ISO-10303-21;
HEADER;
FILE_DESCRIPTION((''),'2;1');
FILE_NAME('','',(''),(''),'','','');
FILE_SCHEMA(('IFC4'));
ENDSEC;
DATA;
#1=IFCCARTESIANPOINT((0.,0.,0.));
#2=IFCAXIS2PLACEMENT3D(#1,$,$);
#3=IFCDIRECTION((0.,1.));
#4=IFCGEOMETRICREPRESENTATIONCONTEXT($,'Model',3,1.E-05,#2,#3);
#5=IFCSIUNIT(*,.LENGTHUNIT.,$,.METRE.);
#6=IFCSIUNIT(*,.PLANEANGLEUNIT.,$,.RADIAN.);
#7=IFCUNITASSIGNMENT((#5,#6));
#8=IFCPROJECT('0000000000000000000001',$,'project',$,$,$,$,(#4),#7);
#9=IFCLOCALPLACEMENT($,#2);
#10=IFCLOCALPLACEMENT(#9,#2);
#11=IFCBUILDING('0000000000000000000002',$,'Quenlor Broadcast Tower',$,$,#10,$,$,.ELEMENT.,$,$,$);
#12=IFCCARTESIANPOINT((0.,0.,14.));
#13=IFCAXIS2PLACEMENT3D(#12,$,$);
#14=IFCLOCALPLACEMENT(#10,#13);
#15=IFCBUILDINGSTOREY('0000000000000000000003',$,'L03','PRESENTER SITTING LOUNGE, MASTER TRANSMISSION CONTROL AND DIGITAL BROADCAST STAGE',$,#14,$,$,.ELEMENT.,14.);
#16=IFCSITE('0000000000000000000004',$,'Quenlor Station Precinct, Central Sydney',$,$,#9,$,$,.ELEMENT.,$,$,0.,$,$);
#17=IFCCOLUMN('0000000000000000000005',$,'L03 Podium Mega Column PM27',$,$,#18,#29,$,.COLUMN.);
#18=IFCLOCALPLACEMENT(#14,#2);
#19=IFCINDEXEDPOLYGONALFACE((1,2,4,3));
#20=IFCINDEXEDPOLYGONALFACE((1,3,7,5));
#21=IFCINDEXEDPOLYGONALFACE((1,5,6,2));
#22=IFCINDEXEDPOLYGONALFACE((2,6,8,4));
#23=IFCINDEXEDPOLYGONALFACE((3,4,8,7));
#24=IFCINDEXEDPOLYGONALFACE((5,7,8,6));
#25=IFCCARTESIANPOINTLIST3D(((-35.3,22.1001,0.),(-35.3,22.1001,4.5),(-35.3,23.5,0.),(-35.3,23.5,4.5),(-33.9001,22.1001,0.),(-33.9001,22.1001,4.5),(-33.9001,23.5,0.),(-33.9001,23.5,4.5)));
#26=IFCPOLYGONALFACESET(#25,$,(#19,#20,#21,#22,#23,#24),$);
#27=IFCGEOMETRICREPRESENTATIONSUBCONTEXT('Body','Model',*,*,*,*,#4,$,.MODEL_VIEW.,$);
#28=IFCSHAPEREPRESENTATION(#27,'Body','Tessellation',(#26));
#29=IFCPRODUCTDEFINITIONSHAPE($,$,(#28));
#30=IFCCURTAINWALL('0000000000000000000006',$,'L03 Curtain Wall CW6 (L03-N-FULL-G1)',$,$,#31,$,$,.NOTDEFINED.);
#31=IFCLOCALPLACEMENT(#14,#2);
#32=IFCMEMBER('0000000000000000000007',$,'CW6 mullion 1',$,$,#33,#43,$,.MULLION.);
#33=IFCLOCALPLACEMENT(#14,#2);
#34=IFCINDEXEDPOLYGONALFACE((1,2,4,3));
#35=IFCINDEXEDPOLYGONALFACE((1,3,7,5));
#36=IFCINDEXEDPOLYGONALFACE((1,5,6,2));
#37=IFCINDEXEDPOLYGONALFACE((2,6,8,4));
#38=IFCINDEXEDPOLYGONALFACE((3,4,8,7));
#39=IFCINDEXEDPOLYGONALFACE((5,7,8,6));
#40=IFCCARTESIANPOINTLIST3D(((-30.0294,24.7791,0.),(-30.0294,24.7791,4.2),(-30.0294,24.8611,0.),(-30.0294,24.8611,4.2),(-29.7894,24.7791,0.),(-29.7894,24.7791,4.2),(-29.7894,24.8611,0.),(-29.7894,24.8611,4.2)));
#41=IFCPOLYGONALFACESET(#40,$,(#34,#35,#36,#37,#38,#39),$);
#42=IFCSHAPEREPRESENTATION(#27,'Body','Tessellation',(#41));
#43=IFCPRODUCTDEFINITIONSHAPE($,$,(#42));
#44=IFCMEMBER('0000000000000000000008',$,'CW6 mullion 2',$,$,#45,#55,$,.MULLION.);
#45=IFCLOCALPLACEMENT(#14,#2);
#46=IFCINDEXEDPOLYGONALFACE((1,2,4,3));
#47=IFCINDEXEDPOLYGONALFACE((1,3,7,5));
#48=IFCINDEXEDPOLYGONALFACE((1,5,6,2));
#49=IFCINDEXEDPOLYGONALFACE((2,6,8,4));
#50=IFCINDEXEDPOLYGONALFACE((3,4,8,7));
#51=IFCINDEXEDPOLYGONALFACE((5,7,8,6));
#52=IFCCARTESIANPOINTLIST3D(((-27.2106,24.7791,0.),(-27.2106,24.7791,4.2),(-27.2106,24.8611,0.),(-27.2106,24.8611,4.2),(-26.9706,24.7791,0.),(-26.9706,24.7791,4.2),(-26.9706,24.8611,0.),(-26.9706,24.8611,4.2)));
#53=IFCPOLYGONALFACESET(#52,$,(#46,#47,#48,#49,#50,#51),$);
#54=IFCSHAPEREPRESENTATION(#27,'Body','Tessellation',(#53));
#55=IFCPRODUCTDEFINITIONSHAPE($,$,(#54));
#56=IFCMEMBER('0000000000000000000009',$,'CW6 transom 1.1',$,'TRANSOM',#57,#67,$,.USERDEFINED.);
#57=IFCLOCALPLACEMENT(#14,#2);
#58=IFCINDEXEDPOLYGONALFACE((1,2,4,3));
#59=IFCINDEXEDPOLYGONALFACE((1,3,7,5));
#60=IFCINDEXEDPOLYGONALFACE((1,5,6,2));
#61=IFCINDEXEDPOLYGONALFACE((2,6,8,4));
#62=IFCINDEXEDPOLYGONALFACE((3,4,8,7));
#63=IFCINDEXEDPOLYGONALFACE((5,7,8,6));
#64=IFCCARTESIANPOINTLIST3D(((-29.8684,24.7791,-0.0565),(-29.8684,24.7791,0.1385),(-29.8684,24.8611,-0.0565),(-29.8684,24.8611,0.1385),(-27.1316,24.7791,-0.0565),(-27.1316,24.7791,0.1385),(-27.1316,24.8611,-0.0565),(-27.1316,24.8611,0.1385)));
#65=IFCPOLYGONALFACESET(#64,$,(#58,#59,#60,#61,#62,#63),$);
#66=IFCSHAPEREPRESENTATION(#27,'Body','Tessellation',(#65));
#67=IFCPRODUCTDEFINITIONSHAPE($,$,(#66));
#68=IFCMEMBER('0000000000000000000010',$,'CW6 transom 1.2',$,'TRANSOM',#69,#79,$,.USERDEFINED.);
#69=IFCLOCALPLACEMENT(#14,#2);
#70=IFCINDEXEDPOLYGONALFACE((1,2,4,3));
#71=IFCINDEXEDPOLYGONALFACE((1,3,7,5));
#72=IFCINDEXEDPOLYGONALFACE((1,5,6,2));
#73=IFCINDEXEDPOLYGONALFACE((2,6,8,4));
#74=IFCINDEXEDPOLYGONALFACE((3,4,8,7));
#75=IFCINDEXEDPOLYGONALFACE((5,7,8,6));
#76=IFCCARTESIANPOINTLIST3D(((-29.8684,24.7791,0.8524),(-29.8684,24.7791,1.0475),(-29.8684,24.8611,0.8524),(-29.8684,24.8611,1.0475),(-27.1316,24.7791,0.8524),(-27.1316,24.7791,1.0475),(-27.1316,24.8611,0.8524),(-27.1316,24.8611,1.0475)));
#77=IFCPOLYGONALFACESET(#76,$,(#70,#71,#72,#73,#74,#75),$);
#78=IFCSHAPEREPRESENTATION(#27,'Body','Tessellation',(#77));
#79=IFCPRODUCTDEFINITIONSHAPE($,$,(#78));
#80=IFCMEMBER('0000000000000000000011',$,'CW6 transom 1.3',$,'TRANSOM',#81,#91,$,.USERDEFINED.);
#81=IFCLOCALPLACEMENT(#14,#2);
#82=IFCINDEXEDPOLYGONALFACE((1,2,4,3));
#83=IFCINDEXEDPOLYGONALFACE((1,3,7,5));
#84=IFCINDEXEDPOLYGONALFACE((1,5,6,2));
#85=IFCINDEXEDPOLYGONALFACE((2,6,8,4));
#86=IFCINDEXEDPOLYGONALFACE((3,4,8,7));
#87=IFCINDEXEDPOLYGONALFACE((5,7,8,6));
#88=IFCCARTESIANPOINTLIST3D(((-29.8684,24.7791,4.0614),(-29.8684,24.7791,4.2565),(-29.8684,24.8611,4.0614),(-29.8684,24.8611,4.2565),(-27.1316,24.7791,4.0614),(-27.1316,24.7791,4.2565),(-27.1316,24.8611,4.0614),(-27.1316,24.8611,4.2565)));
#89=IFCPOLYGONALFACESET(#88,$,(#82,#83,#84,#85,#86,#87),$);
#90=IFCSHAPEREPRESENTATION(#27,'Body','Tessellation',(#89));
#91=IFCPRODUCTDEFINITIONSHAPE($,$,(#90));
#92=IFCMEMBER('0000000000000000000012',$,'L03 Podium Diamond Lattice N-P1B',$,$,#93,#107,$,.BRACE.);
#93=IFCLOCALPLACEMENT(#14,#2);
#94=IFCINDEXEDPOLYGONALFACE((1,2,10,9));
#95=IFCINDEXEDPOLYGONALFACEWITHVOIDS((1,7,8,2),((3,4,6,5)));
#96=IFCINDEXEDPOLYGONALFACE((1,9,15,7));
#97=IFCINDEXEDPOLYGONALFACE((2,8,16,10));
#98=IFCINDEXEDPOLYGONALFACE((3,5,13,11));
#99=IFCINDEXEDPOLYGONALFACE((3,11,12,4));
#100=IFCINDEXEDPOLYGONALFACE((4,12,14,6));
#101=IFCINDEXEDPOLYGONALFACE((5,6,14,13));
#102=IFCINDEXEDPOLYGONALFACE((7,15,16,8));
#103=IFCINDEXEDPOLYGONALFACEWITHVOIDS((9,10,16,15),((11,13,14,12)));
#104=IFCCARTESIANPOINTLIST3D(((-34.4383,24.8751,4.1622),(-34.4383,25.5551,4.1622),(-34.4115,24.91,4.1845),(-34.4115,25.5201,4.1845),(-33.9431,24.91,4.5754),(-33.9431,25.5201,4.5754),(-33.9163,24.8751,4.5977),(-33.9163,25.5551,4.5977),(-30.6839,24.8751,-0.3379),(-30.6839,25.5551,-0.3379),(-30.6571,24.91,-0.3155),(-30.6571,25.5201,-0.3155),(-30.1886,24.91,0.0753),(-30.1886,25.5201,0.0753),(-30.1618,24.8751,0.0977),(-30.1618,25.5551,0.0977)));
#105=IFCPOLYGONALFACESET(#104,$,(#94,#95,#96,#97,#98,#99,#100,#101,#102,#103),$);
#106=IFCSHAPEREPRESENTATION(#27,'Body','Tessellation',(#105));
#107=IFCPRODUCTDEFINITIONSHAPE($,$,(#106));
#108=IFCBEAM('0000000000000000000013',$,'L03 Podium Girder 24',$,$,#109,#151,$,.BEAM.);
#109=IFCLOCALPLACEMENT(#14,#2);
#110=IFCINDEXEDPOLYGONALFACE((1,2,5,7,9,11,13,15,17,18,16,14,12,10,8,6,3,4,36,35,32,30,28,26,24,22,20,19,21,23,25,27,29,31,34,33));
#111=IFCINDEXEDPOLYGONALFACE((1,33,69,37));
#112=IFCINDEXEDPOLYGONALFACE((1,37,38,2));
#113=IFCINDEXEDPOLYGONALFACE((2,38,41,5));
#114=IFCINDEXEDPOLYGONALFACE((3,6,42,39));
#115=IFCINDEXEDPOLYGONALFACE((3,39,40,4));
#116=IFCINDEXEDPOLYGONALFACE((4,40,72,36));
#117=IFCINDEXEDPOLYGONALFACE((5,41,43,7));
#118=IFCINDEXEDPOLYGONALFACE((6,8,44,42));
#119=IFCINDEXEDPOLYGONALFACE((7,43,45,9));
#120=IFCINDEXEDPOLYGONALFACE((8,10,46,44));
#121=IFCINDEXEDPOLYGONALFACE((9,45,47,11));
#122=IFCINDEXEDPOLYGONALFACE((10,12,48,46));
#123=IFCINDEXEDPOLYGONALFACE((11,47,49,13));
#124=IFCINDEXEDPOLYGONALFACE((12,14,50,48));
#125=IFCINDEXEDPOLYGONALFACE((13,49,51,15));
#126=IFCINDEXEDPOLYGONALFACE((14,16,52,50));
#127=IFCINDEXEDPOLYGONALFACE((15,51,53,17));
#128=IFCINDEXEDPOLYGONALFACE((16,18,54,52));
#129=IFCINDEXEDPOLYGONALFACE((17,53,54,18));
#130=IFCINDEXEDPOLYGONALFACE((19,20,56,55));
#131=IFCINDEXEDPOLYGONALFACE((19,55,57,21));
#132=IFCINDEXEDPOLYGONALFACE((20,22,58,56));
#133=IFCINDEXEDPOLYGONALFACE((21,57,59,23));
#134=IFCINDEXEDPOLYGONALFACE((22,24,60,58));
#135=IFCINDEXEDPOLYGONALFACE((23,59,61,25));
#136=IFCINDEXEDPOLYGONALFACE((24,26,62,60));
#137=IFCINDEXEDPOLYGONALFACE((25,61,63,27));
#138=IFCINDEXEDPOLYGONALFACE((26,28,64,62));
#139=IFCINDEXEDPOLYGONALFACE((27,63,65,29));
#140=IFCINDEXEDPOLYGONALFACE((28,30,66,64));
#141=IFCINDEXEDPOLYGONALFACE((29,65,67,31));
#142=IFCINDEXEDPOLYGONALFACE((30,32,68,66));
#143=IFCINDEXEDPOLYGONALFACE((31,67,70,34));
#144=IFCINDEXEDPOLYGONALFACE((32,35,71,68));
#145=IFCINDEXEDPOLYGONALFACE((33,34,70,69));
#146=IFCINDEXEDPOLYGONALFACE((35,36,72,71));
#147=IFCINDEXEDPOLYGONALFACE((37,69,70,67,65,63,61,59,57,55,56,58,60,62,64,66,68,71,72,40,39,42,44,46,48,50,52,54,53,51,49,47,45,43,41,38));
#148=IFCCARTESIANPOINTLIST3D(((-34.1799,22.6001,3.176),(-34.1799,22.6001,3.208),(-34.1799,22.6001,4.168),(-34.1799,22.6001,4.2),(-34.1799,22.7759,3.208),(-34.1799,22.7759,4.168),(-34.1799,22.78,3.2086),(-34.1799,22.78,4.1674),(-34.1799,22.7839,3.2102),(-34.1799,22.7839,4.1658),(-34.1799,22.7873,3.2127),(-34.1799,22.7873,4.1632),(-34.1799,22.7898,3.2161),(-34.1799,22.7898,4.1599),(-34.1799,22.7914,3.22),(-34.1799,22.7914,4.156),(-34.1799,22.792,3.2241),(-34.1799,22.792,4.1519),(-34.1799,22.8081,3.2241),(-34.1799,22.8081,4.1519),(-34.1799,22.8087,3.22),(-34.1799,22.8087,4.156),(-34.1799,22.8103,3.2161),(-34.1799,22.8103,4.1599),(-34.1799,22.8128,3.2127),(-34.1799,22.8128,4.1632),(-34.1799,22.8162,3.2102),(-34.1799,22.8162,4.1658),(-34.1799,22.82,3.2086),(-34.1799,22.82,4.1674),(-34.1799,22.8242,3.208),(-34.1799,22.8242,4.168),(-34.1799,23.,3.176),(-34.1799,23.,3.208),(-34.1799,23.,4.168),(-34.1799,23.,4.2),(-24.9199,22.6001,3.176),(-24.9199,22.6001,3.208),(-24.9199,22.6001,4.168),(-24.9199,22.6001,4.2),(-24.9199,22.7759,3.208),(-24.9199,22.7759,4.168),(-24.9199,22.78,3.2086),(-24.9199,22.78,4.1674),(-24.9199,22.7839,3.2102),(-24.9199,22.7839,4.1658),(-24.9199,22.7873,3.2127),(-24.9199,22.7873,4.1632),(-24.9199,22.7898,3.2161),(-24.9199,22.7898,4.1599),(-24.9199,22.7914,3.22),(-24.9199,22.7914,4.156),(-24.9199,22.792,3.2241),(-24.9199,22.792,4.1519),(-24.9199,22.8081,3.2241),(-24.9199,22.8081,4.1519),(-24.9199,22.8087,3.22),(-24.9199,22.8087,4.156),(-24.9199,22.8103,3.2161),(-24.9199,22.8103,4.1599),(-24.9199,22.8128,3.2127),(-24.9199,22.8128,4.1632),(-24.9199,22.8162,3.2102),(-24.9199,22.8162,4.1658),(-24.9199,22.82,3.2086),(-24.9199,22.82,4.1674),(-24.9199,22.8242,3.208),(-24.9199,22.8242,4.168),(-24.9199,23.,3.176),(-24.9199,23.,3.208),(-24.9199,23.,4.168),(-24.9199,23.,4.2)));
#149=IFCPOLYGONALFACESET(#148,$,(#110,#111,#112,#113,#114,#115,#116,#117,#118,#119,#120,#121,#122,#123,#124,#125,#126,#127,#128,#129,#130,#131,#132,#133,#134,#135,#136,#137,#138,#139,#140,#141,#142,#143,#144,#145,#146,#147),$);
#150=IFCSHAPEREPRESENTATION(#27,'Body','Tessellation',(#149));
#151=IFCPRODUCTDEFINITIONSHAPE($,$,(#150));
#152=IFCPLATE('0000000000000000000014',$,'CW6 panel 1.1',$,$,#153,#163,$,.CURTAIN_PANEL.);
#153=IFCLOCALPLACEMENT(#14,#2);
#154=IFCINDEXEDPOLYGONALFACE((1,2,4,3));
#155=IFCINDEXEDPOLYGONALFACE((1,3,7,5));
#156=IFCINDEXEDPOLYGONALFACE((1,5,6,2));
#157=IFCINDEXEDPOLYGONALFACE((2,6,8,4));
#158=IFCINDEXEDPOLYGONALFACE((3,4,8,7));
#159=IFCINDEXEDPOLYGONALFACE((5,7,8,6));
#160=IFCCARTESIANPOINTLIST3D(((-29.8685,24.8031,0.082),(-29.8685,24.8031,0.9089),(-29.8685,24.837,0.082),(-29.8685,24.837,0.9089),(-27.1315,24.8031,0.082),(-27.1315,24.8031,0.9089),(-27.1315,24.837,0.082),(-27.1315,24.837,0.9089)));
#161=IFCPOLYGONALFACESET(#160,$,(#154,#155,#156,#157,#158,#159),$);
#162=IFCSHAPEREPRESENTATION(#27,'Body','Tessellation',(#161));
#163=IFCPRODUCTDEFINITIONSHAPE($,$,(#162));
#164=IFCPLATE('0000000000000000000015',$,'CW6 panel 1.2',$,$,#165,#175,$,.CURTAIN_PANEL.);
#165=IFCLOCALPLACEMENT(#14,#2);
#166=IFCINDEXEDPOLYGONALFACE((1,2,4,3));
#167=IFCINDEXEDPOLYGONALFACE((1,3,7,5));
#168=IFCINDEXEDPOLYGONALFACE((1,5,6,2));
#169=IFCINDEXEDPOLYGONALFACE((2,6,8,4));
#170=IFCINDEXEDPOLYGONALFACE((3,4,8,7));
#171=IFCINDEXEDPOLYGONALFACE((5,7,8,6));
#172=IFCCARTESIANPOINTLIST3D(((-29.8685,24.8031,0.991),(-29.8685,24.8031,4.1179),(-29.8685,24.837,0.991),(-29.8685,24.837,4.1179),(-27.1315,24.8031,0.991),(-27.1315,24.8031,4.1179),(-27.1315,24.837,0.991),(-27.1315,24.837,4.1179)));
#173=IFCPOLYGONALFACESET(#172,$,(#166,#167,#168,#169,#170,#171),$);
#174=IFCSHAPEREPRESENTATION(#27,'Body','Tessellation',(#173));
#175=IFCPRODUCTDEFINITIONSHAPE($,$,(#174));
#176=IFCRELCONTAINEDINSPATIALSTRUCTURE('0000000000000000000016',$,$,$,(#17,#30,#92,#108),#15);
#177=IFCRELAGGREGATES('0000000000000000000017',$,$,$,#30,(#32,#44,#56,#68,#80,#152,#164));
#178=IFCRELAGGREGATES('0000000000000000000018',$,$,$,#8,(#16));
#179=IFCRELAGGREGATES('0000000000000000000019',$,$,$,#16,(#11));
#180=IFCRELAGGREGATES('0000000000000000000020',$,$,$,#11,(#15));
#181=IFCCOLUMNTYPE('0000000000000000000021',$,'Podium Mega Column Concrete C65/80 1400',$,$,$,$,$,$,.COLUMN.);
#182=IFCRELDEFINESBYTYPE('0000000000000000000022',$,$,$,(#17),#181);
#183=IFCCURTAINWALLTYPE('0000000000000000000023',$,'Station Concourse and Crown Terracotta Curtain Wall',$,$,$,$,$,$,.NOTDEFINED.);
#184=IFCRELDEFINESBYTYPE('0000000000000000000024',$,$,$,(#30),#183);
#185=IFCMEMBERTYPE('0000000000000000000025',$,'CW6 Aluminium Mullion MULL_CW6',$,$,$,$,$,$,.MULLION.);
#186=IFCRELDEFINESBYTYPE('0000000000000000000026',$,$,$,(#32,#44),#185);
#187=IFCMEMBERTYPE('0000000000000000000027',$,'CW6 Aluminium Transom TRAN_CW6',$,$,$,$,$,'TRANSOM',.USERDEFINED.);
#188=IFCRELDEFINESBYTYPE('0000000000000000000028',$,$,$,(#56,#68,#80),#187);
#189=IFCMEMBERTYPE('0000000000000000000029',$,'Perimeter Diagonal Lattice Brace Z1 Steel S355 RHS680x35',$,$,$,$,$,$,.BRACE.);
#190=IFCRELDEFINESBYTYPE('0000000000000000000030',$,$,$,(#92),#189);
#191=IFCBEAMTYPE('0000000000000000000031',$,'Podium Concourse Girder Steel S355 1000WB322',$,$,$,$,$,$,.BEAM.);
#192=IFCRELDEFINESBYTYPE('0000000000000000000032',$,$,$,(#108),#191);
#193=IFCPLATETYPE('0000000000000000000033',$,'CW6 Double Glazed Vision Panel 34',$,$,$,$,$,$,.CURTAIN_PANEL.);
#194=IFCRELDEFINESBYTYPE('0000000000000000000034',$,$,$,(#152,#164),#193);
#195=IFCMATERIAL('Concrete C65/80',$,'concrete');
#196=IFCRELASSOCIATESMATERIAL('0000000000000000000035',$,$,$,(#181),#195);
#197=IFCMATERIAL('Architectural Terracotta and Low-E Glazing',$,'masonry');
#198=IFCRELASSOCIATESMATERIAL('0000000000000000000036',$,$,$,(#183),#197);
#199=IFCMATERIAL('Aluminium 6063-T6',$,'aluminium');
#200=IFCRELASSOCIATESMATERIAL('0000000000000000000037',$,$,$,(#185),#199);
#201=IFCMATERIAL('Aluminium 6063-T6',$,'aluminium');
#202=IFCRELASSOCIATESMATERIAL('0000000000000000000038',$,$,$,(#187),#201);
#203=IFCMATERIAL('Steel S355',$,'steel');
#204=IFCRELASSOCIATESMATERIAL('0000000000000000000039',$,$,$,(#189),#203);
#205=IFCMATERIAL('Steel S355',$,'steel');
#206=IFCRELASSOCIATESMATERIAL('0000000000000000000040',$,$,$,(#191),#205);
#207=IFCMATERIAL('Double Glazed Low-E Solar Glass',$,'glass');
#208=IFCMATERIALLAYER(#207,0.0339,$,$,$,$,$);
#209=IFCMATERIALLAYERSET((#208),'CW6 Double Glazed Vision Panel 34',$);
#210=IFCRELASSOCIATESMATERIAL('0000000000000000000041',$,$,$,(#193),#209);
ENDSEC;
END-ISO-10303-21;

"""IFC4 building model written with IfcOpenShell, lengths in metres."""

from ifc_helpers import new_model, si_unit, direction, frame, origin, origin_2d, place, context, subcontext, project, spatial, rectangle, hollow_rectangle, i_section, extrude, material, layer, layer_set, material_profile, profile_set, type_object, element, aggregate, save


model = new_model("IFC4")

# Units and contexts
model_context = context("Model", 3, precision=1e-05, world=origin(), true_north=direction((0.0, 1.0)))
body_context = subcontext(model_context, "Body", "Model", "MODEL_VIEW")
ifc_project = project(units=[si_unit("LENGTHUNIT", "METRE"), si_unit("PLANEANGLEUNIT", "RADIAN")], contexts=[model_context])

# Site, building, storey
site_placement = place(None, origin())
site = spatial("IfcSite", under=ifc_project, at=site_placement, Name="Quenlor Station Precinct, Central Sydney", CompositionType="ELEMENT", RefElevation=0.0)
building_placement = place(site_placement, origin())
building = spatial("IfcBuilding", under=site, at=building_placement, Name="Quenlor Broadcast Tower", CompositionType="ELEMENT")
storey_placement = place(building_placement, frame((0.0, 0.0, 14.0)))
storey = spatial("IfcBuildingStorey", under=building, at=storey_placement, Name="L03", Description="PRESENTER SITTING LOUNGE, MASTER TRANSMISSION CONTROL AND DIGITAL BROADCAST STAGE", CompositionType="ELEMENT", Elevation=14.0)

# Column
ifc_material_1 = material(Name="Concrete C65/80", Category="concrete")
ifc_material_profile_1 = material_profile(ifc_material_1, rectangle(XDim=1.3999, YDim=1.3999, at=origin_2d()))
ifc_profile_set_1 = profile_set([ifc_material_profile_1], Name="Concrete C65/80 RC1400x1400")
column_type = type_object("IfcColumnType", Name="Podium Mega Column Concrete C65/80 1400", PredefinedType="COLUMN", material=ifc_profile_set_1)
column_placement = place(storey_placement, frame((-34.6001, 22.8, 0.0), z_axis=(0.0, 0.0, 1.0), x_axis=(1.0, 0.0, 0.0)))
element("IfcColumn", 1, at=column_placement, inside=storey, type_object=column_type, Name="L03 Podium Mega Column PM27", PredefinedType="COLUMN", context=body_context, shape_type="SweptSolid", body=[
    extrude(rectangle(XDim=1.3999, YDim=1.3999, at=origin_2d()), origin(), (0.0, 0.0, 1.0), 4.5),
])

# Curtain wall, members
ifc_material_2 = material(Name="Architectural Terracotta and Low-E Glazing", Category="masonry")
curtain_wall_type = type_object("IfcCurtainWallType", Name="Station Concourse and Crown Terracotta Curtain Wall", PredefinedType="NOTDEFINED", material=ifc_material_2)
curtain_wall_placement = place(storey_placement, origin())
curtain_wall = element("IfcCurtainWall", 2, at=curtain_wall_placement, inside=storey, type_object=curtain_wall_type, Name="L03 Curtain Wall CW6 (L03-N-FULL-G1)", PredefinedType="NOTDEFINED")
ifc_material_3 = material(Name="Aluminium 6063-T6", Category="aluminium")
ifc_material_profile_2 = material_profile(ifc_material_3, rectangle(XDim=0.082, YDim=0.24, at=origin_2d()))
ifc_profile_set_2 = profile_set([ifc_material_profile_2], Name="Aluminium 6063-T6 MULL82x240")
member_type_1 = type_object("IfcMemberType", Name="CW6 Aluminium Mullion MULL_CW6", PredefinedType="MULLION", material=ifc_profile_set_2)
member_1_placement = place(storey_placement, frame((-29.9094, 24.8201, 0.0), z_axis=(0.0, 0.0, 1.0), x_axis=(0.0, 1.0, 0.0)))
member_1 = element("IfcMember", 3, at=member_1_placement, type_object=member_type_1, Name="CW6 mullion 1", PredefinedType="MULLION", context=body_context, shape_type="SweptSolid", body=[
    extrude(rectangle(XDim=0.082, YDim=0.24, at=origin_2d()), origin(), (0.0, 0.0, 1.0), 4.2),
])
member_2_placement = place(storey_placement, frame((-27.0906, 24.8201, 0.0), z_axis=(0.0, 0.0, 1.0), x_axis=(0.0, 1.0, 0.0)))
member_2 = element("IfcMember", 4, at=member_2_placement, type_object=member_type_1, Name="CW6 mullion 2", PredefinedType="MULLION", context=body_context, shape_type="SweptSolid", body=[
    extrude(rectangle(XDim=0.082, YDim=0.24, at=origin_2d()), origin(), (0.0, 0.0, 1.0), 4.2),
])
ifc_material_4 = material(Name="Aluminium 6063-T6", Category="aluminium")
ifc_material_profile_3 = material_profile(ifc_material_4, rectangle(XDim=0.082, YDim=0.1951, at=origin_2d()))
ifc_profile_set_3 = profile_set([ifc_material_profile_3], Name="Aluminium 6063-T6 TRAN82x195")
member_type_2 = type_object("IfcMemberType", Name="CW6 Aluminium Transom TRAN_CW6", ElementType="TRANSOM", PredefinedType="USERDEFINED", material=ifc_profile_set_3)
member_3_placement = place(storey_placement, frame((-29.8684, 24.8201, 0.041), z_axis=(1.0, 0.0, 0.0), x_axis=(0.0, 1.0, 0.0)))
member_3 = element("IfcMember", 5, at=member_3_placement, type_object=member_type_2, Name="CW6 transom 1.1", ObjectType="TRANSOM", PredefinedType="USERDEFINED", context=body_context, shape_type="SweptSolid", body=[
    extrude(rectangle(XDim=0.082, YDim=0.1951, at=origin_2d()), origin(), (0.0, 0.0, 1.0), 2.7368),
])
member_4_placement = place(storey_placement, frame((-29.8684, 24.8201, 0.95), z_axis=(1.0, 0.0, 0.0), x_axis=(0.0, 1.0, 0.0)))
member_4 = element("IfcMember", 6, at=member_4_placement, type_object=member_type_2, Name="CW6 transom 1.2", ObjectType="TRANSOM", PredefinedType="USERDEFINED", context=body_context, shape_type="SweptSolid", body=[
    extrude(rectangle(XDim=0.082, YDim=0.1951, at=origin_2d()), origin(), (0.0, 0.0, 1.0), 2.7368),
])
member_5_placement = place(storey_placement, frame((-29.8684, 24.8201, 4.1589), z_axis=(1.0, 0.0, 0.0), x_axis=(0.0, 1.0, 0.0)))
member_5 = element("IfcMember", 7, at=member_5_placement, type_object=member_type_2, Name="CW6 transom 1.3", ObjectType="TRANSOM", PredefinedType="USERDEFINED", context=body_context, shape_type="SweptSolid", body=[
    extrude(rectangle(XDim=0.082, YDim=0.1951, at=origin_2d()), origin(), (0.0, 0.0, 1.0), 2.7368),
])

# Member
ifc_material_5 = material(Name="Steel S355", Category="steel")
ifc_material_profile_4 = material_profile(ifc_material_5, hollow_rectangle(XDim=0.6799, YDim=0.6799, WallThickness=0.0349, at=origin_2d()))
ifc_profile_set_4 = profile_set([ifc_material_profile_4], Name="Steel S355 RHS680x680x35")
member_type_3 = type_object("IfcMemberType", Name="Perimeter Diagonal Lattice Brace Z1 Steel S355 RHS680x35", PredefinedType="BRACE", material=ifc_profile_set_4)
member_6_placement = place(storey_placement, frame((-30.4229, 25.2151, -0.1201), z_axis=(-0.640627, 0.0, 0.767852), x_axis=(0.0, -1.0, 0.0)))
element("IfcMember", 8, at=member_6_placement, inside=storey, type_object=member_type_3, Name="L03 Podium Diamond Lattice N-P1B", PredefinedType="BRACE", context=body_context, shape_type="SweptSolid", body=[
    extrude(hollow_rectangle(XDim=0.6799, YDim=0.6799, WallThickness=0.0349, at=origin_2d()), origin(), (0.0, 0.0, 1.0), 5.8606),
])

# Beam
ifc_material_6 = material(Name="Steel S355", Category="steel")
ifc_material_profile_5 = material_profile(ifc_material_6, i_section(OverallWidth=0.3999, OverallDepth=1.0239, WebThickness=0.0161, FlangeThickness=0.032, FilletRadius=0.0161, at=origin_2d()))
ifc_profile_set_5 = profile_set([ifc_material_profile_5], Name="Steel S355 1000WB322")
beam_type = type_object("IfcBeamType", Name="Podium Concourse Girder Steel S355 1000WB322", PredefinedType="BEAM", material=ifc_profile_set_5)
beam_placement = place(storey_placement, frame((-34.1799, 22.8, 3.688), z_axis=(1.0, 0.0, 0.0), x_axis=(0.0, 1.0, 0.0)))
element("IfcBeam", 9, at=beam_placement, inside=storey, type_object=beam_type, Name="L03 Podium Girder 24", PredefinedType="BEAM", context=body_context, shape_type="SweptSolid", body=[
    extrude(i_section(OverallWidth=0.3999, OverallDepth=1.0239, WebThickness=0.0161, FlangeThickness=0.032, FilletRadius=0.0161, at=origin_2d()), origin(), (0.0, 0.0, 1.0), 9.26),
])

# Plates
ifc_material_7 = material(Name="Double Glazed Low-E Solar Glass", Category="glass")
ifc_layer_1 = layer(ifc_material_7, 0.0339)
ifc_layer_set_1 = layer_set([ifc_layer_1], Name="CW6 Double Glazed Vision Panel 34")
plate_type_1 = type_object("IfcPlateType", Name="CW6 Double Glazed Vision Panel 34", PredefinedType="CURTAIN_PANEL", material=ifc_layer_set_1)
plate_1_placement = place(storey_placement, frame((-28.5, 24.8201, 0.082), z_axis=(0.0, 0.0, 1.0), x_axis=(1.0, 0.0, 0.0)))
plate_1 = element("IfcPlate", 10, at=plate_1_placement, type_object=plate_type_1, Name="CW6 panel 1.1", PredefinedType="CURTAIN_PANEL", context=body_context, shape_type="SweptSolid", body=[
    extrude(rectangle(XDim=2.7371, YDim=0.0339, at=origin_2d()), origin(), (0.0, 0.0, 1.0), 0.8269),
])
plate_2_placement = place(storey_placement, frame((-28.5, 24.8201, 0.991), z_axis=(0.0, 0.0, 1.0), x_axis=(1.0, 0.0, 0.0)))
plate_2 = element("IfcPlate", 11, at=plate_2_placement, type_object=plate_type_1, Name="CW6 panel 1.2", PredefinedType="CURTAIN_PANEL", context=body_context, shape_type="SweptSolid", body=[
    extrude(rectangle(XDim=2.7371, YDim=0.0339, at=origin_2d()), origin(), (0.0, 0.0, 1.0), 3.127),
])
aggregate(curtain_wall, [member_1, member_2, member_3, member_4, member_5, plate_1, plate_2])

save(model, "model.ifc")
